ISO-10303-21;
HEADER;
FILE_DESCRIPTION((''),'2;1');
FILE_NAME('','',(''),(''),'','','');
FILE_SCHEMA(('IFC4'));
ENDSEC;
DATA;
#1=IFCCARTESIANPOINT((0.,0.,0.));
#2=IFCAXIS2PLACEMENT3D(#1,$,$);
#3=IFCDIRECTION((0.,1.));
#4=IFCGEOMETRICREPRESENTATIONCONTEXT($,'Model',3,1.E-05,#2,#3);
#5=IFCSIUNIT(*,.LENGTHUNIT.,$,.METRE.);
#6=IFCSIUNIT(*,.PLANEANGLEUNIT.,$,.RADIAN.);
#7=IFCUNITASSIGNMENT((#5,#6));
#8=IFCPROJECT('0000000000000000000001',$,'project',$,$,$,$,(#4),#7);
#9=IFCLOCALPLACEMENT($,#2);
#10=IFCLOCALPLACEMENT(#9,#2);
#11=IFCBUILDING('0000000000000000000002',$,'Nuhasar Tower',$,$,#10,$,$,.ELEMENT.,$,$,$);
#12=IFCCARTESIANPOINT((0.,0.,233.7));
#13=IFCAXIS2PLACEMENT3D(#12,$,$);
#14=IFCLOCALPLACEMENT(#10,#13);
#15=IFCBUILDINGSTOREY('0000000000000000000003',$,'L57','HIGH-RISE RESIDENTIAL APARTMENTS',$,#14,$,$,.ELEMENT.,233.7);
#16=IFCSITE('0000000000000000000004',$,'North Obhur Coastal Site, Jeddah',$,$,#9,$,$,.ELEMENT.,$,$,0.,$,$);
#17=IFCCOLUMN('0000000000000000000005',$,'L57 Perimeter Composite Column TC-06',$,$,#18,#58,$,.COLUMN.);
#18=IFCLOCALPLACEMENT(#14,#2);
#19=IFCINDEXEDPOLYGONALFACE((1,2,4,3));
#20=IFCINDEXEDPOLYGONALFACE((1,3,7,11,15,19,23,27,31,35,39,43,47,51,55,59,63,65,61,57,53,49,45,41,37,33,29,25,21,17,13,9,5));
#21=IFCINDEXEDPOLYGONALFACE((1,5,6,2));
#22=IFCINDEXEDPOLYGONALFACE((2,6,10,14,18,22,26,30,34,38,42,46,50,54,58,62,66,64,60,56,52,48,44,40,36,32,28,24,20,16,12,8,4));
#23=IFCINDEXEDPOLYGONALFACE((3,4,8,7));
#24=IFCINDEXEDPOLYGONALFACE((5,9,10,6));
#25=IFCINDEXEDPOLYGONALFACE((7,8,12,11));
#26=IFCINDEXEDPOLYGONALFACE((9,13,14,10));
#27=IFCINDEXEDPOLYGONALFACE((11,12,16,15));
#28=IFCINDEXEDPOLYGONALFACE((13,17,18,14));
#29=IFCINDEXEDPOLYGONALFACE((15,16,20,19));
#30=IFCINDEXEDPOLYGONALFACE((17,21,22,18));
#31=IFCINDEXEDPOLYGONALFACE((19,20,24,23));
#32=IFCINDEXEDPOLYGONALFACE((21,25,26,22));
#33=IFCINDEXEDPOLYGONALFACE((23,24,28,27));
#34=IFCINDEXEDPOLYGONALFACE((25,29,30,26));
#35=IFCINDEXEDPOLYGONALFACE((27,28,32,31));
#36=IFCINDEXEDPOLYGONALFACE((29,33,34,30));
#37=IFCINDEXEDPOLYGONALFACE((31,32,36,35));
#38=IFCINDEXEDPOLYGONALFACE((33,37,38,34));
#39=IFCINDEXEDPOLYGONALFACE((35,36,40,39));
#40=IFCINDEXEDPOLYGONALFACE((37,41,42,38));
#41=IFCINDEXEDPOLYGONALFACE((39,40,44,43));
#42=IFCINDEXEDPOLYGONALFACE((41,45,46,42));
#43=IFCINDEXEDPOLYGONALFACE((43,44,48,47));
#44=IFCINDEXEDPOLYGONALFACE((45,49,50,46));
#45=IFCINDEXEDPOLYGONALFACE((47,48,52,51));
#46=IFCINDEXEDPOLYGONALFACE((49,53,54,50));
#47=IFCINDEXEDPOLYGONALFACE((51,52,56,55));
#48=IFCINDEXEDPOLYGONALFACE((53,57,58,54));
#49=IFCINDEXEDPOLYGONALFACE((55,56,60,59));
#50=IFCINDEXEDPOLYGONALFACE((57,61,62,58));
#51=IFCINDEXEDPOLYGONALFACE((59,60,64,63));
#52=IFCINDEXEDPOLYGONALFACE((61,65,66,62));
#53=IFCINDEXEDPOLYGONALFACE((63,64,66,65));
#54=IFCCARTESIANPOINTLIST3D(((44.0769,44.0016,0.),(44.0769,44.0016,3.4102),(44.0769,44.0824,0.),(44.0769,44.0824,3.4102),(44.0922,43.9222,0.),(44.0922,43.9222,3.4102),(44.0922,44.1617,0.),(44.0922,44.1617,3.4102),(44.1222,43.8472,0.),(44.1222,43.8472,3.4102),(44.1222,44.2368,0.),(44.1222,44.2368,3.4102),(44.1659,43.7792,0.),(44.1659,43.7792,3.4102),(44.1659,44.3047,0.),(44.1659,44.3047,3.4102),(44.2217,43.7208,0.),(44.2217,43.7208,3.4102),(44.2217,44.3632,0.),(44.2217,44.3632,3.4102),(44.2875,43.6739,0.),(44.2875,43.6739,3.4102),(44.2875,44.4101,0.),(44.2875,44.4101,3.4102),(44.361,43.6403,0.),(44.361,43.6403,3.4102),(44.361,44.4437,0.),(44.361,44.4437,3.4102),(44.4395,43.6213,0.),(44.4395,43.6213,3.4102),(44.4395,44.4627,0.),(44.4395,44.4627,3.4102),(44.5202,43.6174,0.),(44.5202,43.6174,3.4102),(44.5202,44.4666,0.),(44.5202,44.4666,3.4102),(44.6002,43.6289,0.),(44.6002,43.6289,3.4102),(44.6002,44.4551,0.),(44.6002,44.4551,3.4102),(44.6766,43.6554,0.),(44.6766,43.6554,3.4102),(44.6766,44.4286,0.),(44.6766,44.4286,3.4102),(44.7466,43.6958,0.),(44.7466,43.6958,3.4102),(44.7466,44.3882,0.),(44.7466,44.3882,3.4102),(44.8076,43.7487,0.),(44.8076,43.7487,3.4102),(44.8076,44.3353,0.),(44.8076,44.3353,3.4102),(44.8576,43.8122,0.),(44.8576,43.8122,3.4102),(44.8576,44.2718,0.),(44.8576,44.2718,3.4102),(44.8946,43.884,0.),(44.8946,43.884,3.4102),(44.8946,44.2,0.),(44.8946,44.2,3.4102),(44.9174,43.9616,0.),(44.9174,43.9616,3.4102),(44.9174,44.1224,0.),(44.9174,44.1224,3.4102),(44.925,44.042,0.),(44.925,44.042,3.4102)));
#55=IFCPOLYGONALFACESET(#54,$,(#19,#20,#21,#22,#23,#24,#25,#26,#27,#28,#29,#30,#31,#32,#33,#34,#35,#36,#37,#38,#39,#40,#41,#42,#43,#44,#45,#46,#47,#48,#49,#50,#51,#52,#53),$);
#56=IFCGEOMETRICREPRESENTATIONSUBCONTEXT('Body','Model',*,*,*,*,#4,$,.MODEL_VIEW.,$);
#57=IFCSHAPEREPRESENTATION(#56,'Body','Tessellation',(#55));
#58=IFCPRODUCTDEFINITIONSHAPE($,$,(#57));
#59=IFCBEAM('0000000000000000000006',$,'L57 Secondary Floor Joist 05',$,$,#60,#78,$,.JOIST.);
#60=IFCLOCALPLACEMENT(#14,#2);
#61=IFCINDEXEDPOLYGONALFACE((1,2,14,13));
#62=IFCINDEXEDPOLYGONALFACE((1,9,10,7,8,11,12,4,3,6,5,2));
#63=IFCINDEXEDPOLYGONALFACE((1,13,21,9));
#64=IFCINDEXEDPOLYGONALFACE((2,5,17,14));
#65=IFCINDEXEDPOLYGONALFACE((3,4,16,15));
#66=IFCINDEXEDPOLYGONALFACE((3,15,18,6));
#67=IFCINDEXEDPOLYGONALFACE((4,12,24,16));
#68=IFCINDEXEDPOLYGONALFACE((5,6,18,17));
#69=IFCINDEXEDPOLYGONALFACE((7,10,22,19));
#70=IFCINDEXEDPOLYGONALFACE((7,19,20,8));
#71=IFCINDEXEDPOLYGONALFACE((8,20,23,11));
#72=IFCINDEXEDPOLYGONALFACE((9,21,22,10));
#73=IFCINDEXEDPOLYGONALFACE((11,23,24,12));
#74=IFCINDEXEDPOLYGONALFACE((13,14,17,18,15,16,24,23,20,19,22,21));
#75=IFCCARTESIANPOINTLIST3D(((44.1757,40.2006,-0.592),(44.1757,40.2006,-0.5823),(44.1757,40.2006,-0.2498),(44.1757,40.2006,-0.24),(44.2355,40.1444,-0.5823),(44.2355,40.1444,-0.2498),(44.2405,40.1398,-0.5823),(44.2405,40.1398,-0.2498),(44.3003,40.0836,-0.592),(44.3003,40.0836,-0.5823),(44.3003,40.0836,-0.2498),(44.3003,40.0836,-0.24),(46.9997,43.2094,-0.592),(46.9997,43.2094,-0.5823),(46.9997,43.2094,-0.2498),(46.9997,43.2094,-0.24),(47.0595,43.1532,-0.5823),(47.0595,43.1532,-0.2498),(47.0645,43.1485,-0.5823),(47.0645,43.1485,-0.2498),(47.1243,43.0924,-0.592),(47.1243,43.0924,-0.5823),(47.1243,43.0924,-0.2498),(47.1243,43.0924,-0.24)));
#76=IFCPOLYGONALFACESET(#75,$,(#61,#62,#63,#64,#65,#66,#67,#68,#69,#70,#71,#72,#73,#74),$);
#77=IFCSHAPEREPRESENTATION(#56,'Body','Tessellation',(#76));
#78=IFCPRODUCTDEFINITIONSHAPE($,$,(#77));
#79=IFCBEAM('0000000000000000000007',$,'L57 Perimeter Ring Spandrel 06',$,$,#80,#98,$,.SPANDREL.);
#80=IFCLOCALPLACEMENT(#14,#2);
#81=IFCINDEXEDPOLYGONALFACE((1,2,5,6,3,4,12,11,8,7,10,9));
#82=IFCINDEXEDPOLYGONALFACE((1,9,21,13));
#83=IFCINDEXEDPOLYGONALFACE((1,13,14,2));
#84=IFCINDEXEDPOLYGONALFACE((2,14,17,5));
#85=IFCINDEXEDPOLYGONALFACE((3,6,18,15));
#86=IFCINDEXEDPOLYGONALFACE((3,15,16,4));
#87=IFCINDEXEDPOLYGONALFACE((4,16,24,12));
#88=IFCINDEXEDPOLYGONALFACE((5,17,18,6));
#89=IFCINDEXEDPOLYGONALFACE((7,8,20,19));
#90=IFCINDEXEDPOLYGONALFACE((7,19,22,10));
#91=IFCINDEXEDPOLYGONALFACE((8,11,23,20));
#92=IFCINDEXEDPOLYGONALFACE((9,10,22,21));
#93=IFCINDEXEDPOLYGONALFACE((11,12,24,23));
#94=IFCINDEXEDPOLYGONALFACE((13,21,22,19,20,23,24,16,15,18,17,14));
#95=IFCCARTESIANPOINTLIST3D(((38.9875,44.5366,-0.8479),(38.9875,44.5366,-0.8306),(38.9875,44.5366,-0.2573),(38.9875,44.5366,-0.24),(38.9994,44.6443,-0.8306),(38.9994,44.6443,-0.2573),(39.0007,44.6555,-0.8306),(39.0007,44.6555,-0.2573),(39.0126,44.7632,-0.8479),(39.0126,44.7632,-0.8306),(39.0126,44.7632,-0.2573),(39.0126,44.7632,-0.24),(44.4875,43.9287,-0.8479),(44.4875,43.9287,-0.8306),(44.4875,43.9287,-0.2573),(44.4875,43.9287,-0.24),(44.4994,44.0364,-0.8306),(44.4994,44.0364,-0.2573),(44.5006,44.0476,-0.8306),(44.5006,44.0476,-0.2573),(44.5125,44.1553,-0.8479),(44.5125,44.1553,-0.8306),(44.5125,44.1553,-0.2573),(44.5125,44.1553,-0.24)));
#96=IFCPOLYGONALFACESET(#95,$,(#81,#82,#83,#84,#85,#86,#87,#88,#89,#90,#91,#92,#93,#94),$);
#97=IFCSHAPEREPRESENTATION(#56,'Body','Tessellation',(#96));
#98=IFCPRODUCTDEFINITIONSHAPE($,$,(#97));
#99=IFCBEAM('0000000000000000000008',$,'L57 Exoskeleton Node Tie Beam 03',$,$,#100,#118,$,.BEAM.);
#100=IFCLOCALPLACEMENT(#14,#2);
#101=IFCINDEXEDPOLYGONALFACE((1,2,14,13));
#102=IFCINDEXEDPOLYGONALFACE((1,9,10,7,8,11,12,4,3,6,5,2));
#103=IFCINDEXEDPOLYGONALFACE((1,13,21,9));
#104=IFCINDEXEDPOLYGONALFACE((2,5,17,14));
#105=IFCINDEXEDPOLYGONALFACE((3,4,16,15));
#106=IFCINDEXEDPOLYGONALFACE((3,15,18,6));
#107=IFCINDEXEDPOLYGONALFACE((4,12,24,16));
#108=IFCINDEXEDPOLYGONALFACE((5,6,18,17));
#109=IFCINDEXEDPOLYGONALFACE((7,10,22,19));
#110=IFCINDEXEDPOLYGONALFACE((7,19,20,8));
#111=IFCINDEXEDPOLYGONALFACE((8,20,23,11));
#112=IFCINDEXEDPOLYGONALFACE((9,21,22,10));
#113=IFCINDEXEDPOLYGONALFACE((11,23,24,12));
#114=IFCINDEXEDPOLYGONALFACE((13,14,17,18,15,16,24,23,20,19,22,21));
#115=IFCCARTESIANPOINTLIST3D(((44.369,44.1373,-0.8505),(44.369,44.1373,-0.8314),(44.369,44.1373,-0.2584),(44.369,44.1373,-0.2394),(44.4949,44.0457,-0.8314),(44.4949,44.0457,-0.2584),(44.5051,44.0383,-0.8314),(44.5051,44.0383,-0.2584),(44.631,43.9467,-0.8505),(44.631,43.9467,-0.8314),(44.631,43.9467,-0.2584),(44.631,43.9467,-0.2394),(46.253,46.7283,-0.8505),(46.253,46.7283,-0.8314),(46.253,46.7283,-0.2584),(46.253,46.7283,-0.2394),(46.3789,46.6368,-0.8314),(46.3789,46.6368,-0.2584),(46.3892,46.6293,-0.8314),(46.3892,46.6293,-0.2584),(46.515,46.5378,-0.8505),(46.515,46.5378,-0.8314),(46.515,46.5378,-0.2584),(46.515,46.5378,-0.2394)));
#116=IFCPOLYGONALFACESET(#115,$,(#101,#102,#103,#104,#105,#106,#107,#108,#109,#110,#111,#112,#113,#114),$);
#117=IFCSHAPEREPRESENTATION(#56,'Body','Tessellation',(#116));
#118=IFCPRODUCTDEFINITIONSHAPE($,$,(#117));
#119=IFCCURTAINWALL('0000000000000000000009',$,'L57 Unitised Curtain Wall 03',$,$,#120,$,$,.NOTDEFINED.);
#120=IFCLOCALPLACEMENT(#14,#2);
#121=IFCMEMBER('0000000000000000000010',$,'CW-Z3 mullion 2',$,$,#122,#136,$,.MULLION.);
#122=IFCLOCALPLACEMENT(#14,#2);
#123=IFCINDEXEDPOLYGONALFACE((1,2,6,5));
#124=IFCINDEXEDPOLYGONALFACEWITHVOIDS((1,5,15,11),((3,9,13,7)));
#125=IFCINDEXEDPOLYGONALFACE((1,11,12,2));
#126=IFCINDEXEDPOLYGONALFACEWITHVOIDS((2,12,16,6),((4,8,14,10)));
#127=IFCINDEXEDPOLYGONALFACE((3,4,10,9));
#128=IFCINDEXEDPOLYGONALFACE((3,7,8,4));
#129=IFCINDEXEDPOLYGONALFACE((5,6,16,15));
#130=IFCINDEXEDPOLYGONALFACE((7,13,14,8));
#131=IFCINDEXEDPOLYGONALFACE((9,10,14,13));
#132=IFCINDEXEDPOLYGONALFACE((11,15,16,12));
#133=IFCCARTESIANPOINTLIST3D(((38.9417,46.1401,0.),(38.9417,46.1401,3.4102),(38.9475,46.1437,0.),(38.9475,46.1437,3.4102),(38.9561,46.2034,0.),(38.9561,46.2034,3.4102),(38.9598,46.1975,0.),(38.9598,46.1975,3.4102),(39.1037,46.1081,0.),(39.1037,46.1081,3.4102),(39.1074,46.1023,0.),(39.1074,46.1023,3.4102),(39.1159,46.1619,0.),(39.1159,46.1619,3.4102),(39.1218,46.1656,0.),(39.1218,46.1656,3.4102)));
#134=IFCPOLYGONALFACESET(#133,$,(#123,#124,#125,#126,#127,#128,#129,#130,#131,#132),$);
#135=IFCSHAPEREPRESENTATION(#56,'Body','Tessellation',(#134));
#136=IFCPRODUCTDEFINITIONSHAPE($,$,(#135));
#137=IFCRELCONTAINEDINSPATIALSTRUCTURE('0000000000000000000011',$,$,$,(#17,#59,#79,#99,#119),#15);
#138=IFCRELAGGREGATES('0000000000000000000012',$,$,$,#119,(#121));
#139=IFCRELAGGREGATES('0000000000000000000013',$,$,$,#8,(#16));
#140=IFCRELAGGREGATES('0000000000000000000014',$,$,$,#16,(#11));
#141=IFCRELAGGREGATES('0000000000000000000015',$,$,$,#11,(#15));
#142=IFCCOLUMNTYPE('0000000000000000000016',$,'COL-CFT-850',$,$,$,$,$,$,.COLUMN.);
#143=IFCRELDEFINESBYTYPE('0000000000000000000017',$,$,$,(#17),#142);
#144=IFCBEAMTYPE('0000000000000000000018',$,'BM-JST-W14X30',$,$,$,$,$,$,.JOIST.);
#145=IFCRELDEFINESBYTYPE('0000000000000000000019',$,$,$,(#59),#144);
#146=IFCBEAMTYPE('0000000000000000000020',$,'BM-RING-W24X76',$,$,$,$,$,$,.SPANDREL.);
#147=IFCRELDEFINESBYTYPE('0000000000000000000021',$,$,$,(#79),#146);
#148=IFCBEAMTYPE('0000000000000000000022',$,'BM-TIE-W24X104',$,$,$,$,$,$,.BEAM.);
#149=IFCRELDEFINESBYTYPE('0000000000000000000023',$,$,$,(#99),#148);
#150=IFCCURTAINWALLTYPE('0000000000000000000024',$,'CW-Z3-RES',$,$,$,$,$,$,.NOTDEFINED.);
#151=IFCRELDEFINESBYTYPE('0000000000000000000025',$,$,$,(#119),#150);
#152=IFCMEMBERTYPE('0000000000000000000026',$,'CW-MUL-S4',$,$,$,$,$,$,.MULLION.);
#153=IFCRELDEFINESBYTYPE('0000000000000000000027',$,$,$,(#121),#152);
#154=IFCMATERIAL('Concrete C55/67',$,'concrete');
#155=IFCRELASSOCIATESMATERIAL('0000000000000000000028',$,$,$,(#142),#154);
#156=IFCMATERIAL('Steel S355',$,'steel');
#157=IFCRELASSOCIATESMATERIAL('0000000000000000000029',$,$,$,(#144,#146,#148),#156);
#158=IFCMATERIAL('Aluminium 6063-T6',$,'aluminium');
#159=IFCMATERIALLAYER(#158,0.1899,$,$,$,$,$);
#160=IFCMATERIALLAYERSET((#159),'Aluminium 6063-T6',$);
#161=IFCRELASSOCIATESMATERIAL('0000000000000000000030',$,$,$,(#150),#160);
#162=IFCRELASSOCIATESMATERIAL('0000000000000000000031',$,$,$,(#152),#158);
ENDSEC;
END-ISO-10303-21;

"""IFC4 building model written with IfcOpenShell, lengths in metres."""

from ifc_helpers import new_model, si_unit, direction, frame, origin, origin_2d, place, context, subcontext, project, spatial, hollow_rectangle, circle, i_section, extrude, material, layer, layer_set, material_profile, profile_set, type_object, element, aggregate, save


model = new_model("IFC4")

# Units and contexts
model_context = context("Model", 3, precision=1e-05, world=origin(), true_north=direction((0.0, 1.0)))
body_context = subcontext(model_context, "Body", "Model", "MODEL_VIEW")
ifc_project = project(units=[si_unit("LENGTHUNIT", "METRE"), si_unit("PLANEANGLEUNIT", "RADIAN")], contexts=[model_context])

# Site, building, storey
site_placement = place(None, origin())
site = spatial("IfcSite", under=ifc_project, at=site_placement, Name="North Obhur Coastal Site, Jeddah", CompositionType="ELEMENT", RefElevation=0.0)
building_placement = place(site_placement, origin())
building = spatial("IfcBuilding", under=site, at=building_placement, Name="Nuhasar Tower", CompositionType="ELEMENT")
storey_placement = place(building_placement, frame((0.0, 0.0, 233.7)))
storey = spatial("IfcBuildingStorey", under=building, at=storey_placement, Name="L57", Description="HIGH-RISE RESIDENTIAL APARTMENTS", CompositionType="ELEMENT", Elevation=233.7)

# Column
ifc_material_1 = material(Name="Concrete C55/67", Category="concrete")
ifc_material_profile_1 = material_profile(ifc_material_1, circle(Radius=0.425, at=origin_2d()), Name="CFT850")
ifc_profile_set_1 = profile_set([ifc_material_profile_1], Name="Concrete C55/67")
column_type = type_object("IfcColumnType", Name="COL-CFT-850", PredefinedType="COLUMN", material=ifc_profile_set_1)
column_placement = place(storey_placement, frame((44.5, 44.042, 0.0), z_axis=(0.0, 0.0, 1.0), x_axis=(1.0, 0.0, 0.0)))
element("IfcColumn", 1, at=column_placement, inside=storey, type_object=column_type, Name="L57 Perimeter Composite Column TC-06", PredefinedType="COLUMN", context=body_context, shape_type="SweptSolid", body=[
    extrude(circle(Radius=0.425, at=origin_2d()), origin(), (0.0, 0.0, 1.0), 3.4102),
])

# Beams
ifc_material_2 = material(Name="Steel S355", Category="steel")
ifc_material_profile_2 = material_profile(ifc_material_2, i_section(OverallWidth=0.1709, OverallDepth=0.3521, WebThickness=0.0068, FlangeThickness=0.0098, at=origin_2d()), Name="W14X30")
ifc_profile_set_2 = profile_set([ifc_material_profile_2], Name="Steel S355")
beam_type_1 = type_object("IfcBeamType", Name="BM-JST-W14X30", PredefinedType="JOIST", material=ifc_profile_set_2)
beam_1_placement = place(storey_placement, frame((44.238, 40.1421, -0.416), z_axis=(0.684358, 0.729146, 0.0), x_axis=(-0.729146, 0.684358, 0.0)))
element("IfcBeam", 2, at=beam_1_placement, inside=storey, type_object=beam_type_1, Name="L57 Secondary Floor Joist 05", PredefinedType="JOIST", context=body_context, shape_type="SweptSolid", body=[
    extrude(i_section(OverallWidth=0.1709, OverallDepth=0.3521, WebThickness=0.0068, FlangeThickness=0.0098, at=origin_2d()), origin(), (0.0, 0.0, 1.0), 4.1265),
])
ifc_material_profile_3 = material_profile(ifc_material_2, i_section(OverallWidth=0.228, OverallDepth=0.6079, WebThickness=0.0112, FlangeThickness=0.0173, at=origin_2d()), Name="W24X76")
ifc_profile_set_3 = profile_set([ifc_material_profile_3], Name="Steel S355")
beam_type_2 = type_object("IfcBeamType", Name="BM-RING-W24X76", PredefinedType="SPANDREL", material=ifc_profile_set_3)
beam_2_placement = place(storey_placement, frame((44.5, 44.042, -0.5439), z_axis=(-0.993947, 0.10986, 0.0), x_axis=(-0.10986, -0.993947, 0.0)))
element("IfcBeam", 3, at=beam_2_placement, inside=storey, type_object=beam_type_2, Name="L57 Perimeter Ring Spandrel 06", PredefinedType="SPANDREL", context=body_context, shape_type="SweptSolid", body=[
    extrude(i_section(OverallWidth=0.228, OverallDepth=0.6079, WebThickness=0.0112, FlangeThickness=0.0173, at=origin_2d()), origin(), (0.0, 0.0, 1.0), 5.5334),
])
ifc_material_profile_4 = material_profile(ifc_material_2, i_section(OverallWidth=0.324, OverallDepth=0.6111, WebThickness=0.0127, FlangeThickness=0.019, at=origin_2d()), Name="W24X104")
ifc_profile_set_4 = profile_set([ifc_material_profile_4], Name="Steel S355")
beam_type_3 = type_object("IfcBeamType", Name="BM-TIE-W24X104", PredefinedType="BEAM", material=ifc_profile_set_4)
beam_3_placement = place(storey_placement, frame((44.5, 44.042, -0.5449), z_axis=(0.588095, 0.808792, 0.0), x_axis=(-0.808792, 0.588095, 0.0)))
element("IfcBeam", 4, at=beam_3_placement, inside=storey, type_object=beam_type_3, Name="L57 Exoskeleton Node Tie Beam 03", PredefinedType="BEAM", context=body_context, shape_type="SweptSolid", body=[
    extrude(i_section(OverallWidth=0.324, OverallDepth=0.6111, WebThickness=0.0127, FlangeThickness=0.019, at=origin_2d()), origin(), (0.0, 0.0, 1.0), 3.2036),
])

# Curtain wall, member
ifc_material_3 = material(Name="Aluminium 6063-T6", Category="aluminium")
ifc_layer_1 = layer(ifc_material_3, 0.1899)
ifc_layer_set_1 = layer_set([ifc_layer_1], Name="Aluminium 6063-T6")
curtain_wall_type = type_object("IfcCurtainWallType", Name="CW-Z3-RES", PredefinedType="NOTDEFINED", material=ifc_layer_set_1)
curtain_wall_placement = place(storey_placement, origin())
curtain_wall = element("IfcCurtainWall", 5, at=curtain_wall_placement, inside=storey, type_object=curtain_wall_type, Name="L57 Unitised Curtain Wall 03", PredefinedType="NOTDEFINED")
ifc_material_profile_5 = material_profile(ifc_material_3, hollow_rectangle(XDim=0.0649, YDim=0.1699, WallThickness=0.0049, at=origin_2d()), Name="CWM-4")
ifc_profile_set_5 = profile_set([ifc_material_profile_5], Name="Aluminium 6063-T6")
member_type_1 = type_object("IfcMemberType", Name="CW-MUL-S4", PredefinedType="MULLION", material=ifc_profile_set_5)
member_placement = place(storey_placement, frame((39.0317, 46.1528, 0.0), z_axis=(0.0, 0.0, 1.0), x_axis=(-0.222243, -0.974991, 0.0)))
member = element("IfcMember", 6, at=member_placement, type_object=member_type_1, Name="CW-Z3 mullion 2", PredefinedType="MULLION", context=body_context, shape_type="SweptSolid", body=[
    extrude(hollow_rectangle(XDim=0.0649, YDim=0.1699, WallThickness=0.0049, at=origin_2d()), origin(), (0.0, 0.0, 1.0), 3.4102),
])

aggregate(curtain_wall, [member])

save(model, "model.ifc")
